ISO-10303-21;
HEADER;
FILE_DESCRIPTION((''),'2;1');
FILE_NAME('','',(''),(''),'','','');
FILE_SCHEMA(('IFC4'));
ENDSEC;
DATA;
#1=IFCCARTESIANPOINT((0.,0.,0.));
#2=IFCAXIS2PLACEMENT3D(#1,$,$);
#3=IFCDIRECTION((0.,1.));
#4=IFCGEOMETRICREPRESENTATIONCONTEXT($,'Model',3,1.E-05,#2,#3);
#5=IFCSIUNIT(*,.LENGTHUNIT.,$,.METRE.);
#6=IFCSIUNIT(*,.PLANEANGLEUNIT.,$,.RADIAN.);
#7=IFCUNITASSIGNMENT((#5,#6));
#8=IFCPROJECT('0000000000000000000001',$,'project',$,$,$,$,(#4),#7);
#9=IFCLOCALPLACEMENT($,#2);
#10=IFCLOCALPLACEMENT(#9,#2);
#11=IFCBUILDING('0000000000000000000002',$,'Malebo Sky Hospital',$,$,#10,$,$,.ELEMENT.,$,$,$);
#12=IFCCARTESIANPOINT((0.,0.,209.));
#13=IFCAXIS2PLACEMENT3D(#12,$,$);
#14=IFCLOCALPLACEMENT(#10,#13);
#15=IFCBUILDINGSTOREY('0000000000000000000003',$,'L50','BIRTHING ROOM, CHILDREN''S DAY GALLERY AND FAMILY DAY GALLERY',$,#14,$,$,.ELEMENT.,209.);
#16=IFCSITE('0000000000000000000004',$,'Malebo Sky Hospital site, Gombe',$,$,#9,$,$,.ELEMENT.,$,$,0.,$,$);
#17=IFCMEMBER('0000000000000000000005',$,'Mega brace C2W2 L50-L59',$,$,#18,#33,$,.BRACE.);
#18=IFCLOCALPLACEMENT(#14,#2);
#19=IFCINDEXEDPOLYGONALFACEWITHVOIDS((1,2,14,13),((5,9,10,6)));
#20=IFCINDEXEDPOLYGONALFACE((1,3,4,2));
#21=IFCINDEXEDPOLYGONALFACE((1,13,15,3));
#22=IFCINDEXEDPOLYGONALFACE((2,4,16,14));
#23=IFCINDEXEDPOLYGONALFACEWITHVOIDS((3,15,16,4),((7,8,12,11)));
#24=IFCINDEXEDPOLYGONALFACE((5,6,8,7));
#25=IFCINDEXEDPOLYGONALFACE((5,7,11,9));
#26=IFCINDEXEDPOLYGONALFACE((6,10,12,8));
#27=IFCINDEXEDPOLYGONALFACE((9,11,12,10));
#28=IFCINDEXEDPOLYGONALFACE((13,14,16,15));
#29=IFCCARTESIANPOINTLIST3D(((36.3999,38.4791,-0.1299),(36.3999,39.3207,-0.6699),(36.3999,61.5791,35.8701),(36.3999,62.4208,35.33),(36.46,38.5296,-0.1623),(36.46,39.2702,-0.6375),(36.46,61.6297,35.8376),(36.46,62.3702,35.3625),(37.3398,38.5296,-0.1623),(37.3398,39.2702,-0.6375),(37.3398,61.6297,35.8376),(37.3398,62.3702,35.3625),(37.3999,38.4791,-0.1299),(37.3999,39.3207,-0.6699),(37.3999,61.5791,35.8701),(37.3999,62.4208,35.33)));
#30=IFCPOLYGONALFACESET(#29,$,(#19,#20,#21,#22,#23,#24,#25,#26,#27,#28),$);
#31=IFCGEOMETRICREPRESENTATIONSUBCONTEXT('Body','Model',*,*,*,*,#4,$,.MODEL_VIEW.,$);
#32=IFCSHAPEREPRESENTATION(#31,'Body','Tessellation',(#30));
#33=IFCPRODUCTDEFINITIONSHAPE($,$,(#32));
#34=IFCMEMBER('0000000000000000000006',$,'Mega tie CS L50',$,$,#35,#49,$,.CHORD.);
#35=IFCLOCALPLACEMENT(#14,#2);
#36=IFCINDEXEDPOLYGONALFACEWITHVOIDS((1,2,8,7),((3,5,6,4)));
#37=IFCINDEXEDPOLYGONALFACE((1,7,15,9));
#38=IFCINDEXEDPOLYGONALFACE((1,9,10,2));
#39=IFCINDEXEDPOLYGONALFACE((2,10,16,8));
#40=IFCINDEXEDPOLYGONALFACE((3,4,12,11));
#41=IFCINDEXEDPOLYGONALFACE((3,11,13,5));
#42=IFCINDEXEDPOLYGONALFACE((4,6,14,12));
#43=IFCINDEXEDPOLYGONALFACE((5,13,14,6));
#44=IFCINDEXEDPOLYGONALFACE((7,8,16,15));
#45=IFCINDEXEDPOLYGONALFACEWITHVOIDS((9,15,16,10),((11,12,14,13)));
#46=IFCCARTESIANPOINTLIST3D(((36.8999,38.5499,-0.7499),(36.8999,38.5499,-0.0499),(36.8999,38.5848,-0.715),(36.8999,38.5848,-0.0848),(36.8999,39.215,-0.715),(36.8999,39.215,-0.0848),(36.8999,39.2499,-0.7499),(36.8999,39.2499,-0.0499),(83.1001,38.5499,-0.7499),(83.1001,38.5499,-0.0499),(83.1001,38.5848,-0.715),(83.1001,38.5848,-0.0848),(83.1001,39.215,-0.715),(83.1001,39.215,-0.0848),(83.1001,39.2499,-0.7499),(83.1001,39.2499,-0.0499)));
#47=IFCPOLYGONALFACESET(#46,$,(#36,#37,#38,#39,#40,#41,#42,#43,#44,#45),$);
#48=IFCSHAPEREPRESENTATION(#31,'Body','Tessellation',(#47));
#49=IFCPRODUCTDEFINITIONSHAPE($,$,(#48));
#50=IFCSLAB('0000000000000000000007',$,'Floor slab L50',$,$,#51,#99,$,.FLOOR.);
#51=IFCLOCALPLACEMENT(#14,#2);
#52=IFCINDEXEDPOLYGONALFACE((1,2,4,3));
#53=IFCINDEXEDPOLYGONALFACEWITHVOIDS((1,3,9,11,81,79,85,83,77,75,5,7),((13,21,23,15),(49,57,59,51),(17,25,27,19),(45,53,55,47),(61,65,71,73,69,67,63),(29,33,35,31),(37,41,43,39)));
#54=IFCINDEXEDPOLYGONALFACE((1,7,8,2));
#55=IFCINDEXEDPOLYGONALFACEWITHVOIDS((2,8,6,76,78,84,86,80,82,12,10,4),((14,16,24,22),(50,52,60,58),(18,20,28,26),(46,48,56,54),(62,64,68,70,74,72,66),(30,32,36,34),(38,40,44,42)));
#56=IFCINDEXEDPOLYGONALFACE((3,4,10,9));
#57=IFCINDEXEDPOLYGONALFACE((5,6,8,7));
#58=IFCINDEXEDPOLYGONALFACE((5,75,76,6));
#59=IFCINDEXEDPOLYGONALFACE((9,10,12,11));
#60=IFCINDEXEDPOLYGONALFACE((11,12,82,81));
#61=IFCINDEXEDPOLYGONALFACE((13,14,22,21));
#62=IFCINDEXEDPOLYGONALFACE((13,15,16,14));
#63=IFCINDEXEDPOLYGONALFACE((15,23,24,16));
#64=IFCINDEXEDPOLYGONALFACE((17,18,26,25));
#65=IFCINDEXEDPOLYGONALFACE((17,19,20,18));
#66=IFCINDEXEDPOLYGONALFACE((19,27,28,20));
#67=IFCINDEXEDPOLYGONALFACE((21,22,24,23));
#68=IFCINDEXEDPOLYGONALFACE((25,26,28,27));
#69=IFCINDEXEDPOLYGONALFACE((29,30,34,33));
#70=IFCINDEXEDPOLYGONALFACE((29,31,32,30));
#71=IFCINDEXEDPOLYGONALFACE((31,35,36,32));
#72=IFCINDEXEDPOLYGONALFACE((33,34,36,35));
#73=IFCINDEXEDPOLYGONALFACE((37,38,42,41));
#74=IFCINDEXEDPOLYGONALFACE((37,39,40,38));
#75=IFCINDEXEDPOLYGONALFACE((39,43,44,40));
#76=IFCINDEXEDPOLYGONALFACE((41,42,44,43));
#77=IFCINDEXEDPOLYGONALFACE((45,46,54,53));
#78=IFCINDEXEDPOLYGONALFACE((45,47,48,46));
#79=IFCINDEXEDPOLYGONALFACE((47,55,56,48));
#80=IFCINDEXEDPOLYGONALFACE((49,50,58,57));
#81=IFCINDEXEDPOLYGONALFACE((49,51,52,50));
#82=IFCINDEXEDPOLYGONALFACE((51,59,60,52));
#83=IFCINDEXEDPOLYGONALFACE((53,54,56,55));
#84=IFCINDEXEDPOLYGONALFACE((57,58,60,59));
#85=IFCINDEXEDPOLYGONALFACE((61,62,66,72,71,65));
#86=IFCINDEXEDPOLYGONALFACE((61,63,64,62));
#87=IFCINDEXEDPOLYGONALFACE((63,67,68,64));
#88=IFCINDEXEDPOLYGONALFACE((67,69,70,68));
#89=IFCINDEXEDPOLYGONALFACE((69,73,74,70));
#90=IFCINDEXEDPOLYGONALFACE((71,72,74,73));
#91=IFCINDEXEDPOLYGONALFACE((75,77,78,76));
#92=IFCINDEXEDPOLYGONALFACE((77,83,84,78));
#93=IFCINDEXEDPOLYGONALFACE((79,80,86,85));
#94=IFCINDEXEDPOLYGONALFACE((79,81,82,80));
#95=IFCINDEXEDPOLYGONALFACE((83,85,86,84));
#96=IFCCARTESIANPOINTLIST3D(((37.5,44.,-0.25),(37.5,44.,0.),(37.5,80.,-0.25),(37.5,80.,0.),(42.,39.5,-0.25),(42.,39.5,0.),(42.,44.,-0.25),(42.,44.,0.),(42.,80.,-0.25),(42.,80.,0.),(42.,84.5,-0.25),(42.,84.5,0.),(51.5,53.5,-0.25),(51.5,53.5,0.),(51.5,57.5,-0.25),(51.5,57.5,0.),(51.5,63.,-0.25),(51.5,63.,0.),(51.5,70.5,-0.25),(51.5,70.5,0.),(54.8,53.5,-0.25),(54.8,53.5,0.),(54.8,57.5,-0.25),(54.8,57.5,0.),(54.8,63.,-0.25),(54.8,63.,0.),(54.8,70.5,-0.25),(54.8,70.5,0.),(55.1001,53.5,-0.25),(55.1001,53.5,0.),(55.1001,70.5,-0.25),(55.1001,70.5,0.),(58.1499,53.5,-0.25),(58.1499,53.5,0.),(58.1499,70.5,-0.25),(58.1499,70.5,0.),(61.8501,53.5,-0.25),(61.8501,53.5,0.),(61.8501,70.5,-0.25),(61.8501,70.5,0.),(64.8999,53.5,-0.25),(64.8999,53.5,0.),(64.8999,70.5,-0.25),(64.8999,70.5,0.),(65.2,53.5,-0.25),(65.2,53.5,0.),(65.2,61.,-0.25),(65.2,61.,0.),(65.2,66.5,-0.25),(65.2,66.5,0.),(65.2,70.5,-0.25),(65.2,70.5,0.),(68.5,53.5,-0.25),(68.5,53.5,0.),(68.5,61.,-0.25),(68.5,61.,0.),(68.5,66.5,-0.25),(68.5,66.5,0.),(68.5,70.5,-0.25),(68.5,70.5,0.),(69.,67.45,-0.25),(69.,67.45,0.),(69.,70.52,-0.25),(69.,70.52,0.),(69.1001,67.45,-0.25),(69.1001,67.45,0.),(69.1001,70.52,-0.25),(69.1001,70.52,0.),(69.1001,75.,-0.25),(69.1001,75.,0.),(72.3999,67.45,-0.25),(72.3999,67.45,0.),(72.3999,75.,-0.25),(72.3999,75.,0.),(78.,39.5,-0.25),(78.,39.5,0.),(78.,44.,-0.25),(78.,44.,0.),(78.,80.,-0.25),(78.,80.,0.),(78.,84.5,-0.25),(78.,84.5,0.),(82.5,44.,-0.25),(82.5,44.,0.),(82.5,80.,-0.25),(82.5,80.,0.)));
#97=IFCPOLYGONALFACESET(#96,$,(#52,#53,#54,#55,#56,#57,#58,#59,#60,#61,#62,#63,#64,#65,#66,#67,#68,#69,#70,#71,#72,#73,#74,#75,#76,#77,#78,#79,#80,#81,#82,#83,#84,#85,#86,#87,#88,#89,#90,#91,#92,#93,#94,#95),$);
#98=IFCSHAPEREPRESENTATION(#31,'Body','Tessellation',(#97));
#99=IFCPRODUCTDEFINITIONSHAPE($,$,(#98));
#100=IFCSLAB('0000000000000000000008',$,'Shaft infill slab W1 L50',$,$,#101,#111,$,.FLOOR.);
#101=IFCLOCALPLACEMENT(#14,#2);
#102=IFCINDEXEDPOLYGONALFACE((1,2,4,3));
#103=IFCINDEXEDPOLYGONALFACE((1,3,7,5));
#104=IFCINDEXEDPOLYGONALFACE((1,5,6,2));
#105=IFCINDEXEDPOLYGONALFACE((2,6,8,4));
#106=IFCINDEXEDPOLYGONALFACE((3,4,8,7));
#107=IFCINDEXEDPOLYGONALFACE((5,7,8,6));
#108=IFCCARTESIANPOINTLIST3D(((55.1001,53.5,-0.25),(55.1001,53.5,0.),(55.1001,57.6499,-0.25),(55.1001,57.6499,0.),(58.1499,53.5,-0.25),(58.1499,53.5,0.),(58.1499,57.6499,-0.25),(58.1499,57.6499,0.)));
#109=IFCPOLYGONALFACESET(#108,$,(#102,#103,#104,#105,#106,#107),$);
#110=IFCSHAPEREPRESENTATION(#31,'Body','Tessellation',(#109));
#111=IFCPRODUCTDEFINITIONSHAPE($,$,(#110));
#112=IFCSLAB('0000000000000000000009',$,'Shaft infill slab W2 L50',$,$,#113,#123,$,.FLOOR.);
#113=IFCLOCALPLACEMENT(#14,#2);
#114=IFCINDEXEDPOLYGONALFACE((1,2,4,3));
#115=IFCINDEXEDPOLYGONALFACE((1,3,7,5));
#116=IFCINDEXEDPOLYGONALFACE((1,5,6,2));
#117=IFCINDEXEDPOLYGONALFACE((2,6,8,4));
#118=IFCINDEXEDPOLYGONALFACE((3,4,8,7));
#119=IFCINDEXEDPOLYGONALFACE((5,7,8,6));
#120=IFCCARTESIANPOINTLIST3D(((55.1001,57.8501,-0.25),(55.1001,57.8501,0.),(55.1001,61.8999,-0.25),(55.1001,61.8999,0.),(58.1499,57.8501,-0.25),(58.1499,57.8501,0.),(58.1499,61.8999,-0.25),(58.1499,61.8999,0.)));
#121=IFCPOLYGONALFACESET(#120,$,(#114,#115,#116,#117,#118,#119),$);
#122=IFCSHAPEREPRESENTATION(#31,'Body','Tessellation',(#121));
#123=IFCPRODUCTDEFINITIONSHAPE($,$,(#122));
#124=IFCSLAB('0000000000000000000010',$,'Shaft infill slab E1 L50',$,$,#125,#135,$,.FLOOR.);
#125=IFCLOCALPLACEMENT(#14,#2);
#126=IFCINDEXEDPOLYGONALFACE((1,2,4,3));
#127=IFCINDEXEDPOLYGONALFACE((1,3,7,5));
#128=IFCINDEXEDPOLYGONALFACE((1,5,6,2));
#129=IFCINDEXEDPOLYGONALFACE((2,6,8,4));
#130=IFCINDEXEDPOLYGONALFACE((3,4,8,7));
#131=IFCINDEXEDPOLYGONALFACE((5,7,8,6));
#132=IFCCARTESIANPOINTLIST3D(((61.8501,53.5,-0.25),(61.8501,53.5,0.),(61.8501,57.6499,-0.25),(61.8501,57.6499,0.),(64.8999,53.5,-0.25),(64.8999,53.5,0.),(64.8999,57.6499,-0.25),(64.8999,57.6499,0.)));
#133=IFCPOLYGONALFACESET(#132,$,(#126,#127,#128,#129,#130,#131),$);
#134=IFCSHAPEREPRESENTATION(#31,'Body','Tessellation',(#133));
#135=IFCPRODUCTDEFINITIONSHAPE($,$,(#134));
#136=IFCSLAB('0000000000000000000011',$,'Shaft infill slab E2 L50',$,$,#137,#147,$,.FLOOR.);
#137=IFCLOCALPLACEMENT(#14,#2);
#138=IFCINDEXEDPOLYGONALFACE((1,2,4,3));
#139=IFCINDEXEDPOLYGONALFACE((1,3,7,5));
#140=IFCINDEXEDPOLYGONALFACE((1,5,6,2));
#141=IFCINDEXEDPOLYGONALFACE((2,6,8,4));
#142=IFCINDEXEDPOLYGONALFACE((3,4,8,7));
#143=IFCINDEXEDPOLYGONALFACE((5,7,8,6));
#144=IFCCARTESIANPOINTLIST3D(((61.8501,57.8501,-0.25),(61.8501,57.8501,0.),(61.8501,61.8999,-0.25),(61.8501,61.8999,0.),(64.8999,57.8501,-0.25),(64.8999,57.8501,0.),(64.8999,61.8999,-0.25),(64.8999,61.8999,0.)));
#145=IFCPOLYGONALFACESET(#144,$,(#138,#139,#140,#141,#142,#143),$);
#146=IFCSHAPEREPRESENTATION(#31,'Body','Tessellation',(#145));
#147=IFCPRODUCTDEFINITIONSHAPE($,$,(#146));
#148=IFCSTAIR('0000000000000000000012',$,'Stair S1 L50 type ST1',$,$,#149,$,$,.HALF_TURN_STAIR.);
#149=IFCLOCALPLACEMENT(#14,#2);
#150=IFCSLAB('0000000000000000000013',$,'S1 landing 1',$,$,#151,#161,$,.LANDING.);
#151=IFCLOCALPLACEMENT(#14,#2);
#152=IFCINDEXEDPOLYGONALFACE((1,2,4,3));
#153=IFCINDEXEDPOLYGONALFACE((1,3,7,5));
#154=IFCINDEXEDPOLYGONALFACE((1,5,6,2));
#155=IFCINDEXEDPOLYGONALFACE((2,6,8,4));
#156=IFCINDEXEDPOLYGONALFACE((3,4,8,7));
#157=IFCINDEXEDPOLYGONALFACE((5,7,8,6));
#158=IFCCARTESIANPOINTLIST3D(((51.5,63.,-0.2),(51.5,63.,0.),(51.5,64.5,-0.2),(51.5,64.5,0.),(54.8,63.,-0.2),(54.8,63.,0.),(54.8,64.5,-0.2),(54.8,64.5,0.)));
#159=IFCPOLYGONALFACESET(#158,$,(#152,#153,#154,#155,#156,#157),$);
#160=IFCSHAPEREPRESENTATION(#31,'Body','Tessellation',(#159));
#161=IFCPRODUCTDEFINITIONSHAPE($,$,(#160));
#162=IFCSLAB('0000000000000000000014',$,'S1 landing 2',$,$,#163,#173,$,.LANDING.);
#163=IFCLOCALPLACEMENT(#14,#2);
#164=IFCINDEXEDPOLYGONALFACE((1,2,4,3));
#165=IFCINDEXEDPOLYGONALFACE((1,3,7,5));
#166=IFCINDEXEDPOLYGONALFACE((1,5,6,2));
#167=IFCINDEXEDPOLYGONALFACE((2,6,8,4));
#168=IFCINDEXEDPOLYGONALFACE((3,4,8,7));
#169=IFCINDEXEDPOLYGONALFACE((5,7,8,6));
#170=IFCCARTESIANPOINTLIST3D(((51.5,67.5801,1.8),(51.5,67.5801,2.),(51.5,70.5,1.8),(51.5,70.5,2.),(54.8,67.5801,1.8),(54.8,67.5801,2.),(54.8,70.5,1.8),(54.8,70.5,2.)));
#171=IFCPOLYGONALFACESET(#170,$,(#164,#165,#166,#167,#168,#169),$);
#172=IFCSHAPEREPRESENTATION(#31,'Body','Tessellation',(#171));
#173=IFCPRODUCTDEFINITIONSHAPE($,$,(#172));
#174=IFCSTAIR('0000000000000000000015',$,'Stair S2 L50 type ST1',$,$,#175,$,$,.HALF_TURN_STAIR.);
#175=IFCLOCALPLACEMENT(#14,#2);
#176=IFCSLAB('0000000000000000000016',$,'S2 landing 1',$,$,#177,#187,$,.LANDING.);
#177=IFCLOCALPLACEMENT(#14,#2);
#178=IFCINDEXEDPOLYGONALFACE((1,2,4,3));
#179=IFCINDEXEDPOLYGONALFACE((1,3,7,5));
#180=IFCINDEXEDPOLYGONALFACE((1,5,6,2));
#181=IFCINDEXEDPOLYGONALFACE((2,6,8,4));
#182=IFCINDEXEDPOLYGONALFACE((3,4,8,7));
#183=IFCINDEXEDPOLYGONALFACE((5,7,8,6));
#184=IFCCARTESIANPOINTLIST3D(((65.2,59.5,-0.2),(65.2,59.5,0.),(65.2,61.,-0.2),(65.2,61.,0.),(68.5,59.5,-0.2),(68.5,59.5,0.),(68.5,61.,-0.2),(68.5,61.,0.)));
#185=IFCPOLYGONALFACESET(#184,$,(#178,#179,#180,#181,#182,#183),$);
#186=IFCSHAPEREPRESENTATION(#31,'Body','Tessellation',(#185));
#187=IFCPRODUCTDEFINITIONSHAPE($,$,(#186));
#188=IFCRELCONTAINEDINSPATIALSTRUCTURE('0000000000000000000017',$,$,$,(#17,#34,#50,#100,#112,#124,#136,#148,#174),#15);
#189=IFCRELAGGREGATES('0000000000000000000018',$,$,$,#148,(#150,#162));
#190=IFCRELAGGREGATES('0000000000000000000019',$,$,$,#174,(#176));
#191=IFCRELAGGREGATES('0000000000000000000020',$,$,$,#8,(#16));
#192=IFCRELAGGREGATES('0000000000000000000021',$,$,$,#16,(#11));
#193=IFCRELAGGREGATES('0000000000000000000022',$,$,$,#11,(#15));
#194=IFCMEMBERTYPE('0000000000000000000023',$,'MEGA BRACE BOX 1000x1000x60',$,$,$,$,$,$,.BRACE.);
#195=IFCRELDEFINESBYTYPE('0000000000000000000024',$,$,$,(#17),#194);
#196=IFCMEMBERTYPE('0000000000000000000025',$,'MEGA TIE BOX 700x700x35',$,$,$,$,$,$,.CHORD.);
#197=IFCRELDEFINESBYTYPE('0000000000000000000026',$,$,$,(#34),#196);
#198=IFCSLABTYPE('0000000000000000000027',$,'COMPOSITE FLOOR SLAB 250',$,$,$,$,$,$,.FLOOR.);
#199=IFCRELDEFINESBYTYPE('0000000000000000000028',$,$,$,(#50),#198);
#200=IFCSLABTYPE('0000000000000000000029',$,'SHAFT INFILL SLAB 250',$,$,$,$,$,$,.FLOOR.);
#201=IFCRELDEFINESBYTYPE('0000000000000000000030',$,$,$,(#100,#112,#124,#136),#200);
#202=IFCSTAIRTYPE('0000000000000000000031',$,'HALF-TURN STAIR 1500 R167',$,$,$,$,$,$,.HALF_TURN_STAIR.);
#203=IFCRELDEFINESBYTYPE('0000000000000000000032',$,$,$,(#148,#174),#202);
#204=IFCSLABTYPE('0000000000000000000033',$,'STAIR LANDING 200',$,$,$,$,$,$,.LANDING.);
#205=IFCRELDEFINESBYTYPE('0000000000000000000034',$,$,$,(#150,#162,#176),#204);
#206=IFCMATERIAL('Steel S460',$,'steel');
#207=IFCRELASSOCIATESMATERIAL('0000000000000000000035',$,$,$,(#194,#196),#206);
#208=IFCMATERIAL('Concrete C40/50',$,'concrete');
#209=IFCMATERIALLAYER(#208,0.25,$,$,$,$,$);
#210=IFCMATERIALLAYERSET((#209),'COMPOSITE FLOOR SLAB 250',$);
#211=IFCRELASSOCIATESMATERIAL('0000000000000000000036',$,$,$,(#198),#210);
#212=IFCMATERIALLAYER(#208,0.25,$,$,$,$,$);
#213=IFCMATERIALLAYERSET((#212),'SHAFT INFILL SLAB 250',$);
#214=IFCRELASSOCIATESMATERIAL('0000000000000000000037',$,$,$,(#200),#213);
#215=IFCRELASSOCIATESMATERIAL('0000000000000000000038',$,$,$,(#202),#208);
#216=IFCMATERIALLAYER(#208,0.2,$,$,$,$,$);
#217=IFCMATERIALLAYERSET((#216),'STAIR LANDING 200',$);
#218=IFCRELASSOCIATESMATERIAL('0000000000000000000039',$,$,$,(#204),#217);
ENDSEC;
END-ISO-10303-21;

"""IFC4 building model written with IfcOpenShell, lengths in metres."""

from ifc_helpers import new_model, si_unit, direction, frame, origin, origin_2d, place, context, subcontext, project, spatial, polyline, hollow_rectangle, outline, extrude, material, layer, layer_set, material_profile, profile_set, type_object, element, aggregate, save


model = new_model("IFC4")

# Units and contexts
model_context = context("Model", 3, precision=1e-05, world=origin(), true_north=direction((0.0, 1.0)))
body_context = subcontext(model_context, "Body", "Model", "MODEL_VIEW")
ifc_project = project(units=[si_unit("LENGTHUNIT", "METRE"), si_unit("PLANEANGLEUNIT", "RADIAN")], contexts=[model_context])

# Site, building, storey
site_placement = place(None, origin())
site = spatial("IfcSite", under=ifc_project, at=site_placement, Name="Malebo Sky Hospital site, Gombe", CompositionType="ELEMENT", RefElevation=0.0)
building_placement = place(site_placement, origin())
building = spatial("IfcBuilding", under=site, at=building_placement, Name="Malebo Sky Hospital", CompositionType="ELEMENT")
storey_placement = place(building_placement, frame((0.0, 0.0, 209.0)))
storey = spatial("IfcBuildingStorey", under=building, at=storey_placement, Name="L50", Description="BIRTHING ROOM, CHILDREN'S DAY GALLERY AND FAMILY DAY GALLERY", CompositionType="ELEMENT", Elevation=209.0)

# Shared definitions
ifc_material_1 = material(Name="Steel S460", Category="steel")

# Members
ifc_material_profile_1 = material_profile(ifc_material_1, hollow_rectangle(XDim=1.0, YDim=1.0, WallThickness=0.0601, at=origin_2d()), Name="BOX 1000x1000x60")
ifc_profile_set_1 = profile_set([ifc_material_profile_1], Name="Steel S460")
member_type_1 = type_object("IfcMemberType", Name="MEGA BRACE BOX 1000x1000x60", PredefinedType="BRACE", material=ifc_profile_set_1)
for number, where, z_axis, x_axis, name in (
    (1, (36.8999, 38.8999, -0.3999), (0.0, 0.54005, 0.841633), (-1.0, 0.0, 0.0), "Mega brace C2W2 L50-L59"),
):
    element("IfcMember", number, at=place(storey_placement, frame(where, z_axis=z_axis, x_axis=x_axis)), inside=storey, type_object=member_type_1, Name=name, PredefinedType="BRACE", context=body_context, shape_type="SweptSolid", body=[
        extrude(hollow_rectangle(XDim=1.0, YDim=1.0, WallThickness=0.0601, at=origin_2d()), origin(), (0.0, 0.0, 1.0), 42.7739),
    ])
ifc_material_profile_2 = material_profile(ifc_material_1, hollow_rectangle(XDim=0.7, YDim=0.7, WallThickness=0.0349, at=origin_2d()), Name="BOX 700x700x35")
ifc_profile_set_2 = profile_set([ifc_material_profile_2], Name="Steel S460")
member_type_2 = type_object("IfcMemberType", Name="MEGA TIE BOX 700x700x35", PredefinedType="CHORD", material=ifc_profile_set_2)
member_1_placement = place(storey_placement, frame((36.8999, 38.8999, -0.3999), z_axis=(1.0, 0.0, 0.0), x_axis=(0.0, 1.0, 0.0)))
element("IfcMember", 2, at=member_1_placement, inside=storey, type_object=member_type_2, Name="Mega tie CS L50", PredefinedType="CHORD", context=body_context, shape_type="SweptSolid", body=[
    extrude(hollow_rectangle(XDim=0.7, YDim=0.7, WallThickness=0.0349, at=origin_2d()), origin(), (0.0, 0.0, 1.0), 46.2002),
])

# Slabs
ifc_material_2 = material(Name="Concrete C40/50", Category="concrete")
ifc_layer_1 = layer(ifc_material_2, 0.25)
ifc_layer_set_1 = layer_set([ifc_layer_1], Name="COMPOSITE FLOOR SLAB 250")
slab_type_1 = type_object("IfcSlabType", Name="COMPOSITE FLOOR SLAB 250", PredefinedType="FLOOR", material=ifc_layer_set_1)
slab_1_placement = place(storey_placement, frame((0.0, 0.0, -0.25)))
element("IfcSlab", 3, at=slab_1_placement, inside=storey, type_object=slab_type_1, Name="Floor slab L50", PredefinedType="FLOOR", context=body_context, shape_type="SweptSolid", body=[
    extrude(outline(polyline([(42.0, 84.5), (42.0, 80.0), (37.5, 80.0), (37.5, 44.0), (42.0, 44.0), (42.0, 39.5), (78.0, 39.5), (78.0, 44.0), (82.5, 44.0), (82.5, 80.0), (78.0, 80.0), (78.0, 84.5), (42.0, 84.5)]), holes=[polyline([(55.1001, 70.5), (58.1499, 70.5), (58.1499, 53.5), (55.1001, 53.5), (55.1001, 70.5)]), polyline([(64.8999, 70.5), (64.8999, 53.5), (61.8501, 53.5), (61.8501, 70.5), (64.8999, 70.5)]), polyline([(54.8, 63.0), (51.5, 63.0), (51.5, 70.5), (54.8, 70.5), (54.8, 63.0)]), polyline([(51.5, 53.5), (51.5, 57.5), (54.8, 57.5), (54.8, 53.5), (51.5, 53.5)]), polyline([(65.2, 61.0), (68.5, 61.0), (68.5, 53.5), (65.2, 53.5), (65.2, 61.0)]), polyline([(68.5, 70.5), (68.5, 66.5), (65.2, 66.5), (65.2, 70.5), (68.5, 70.5)]), polyline([(69.0, 67.45), (69.0, 70.52), (69.1001, 70.52), (69.1001, 75.0), (72.3999, 75.0), (72.3999, 67.45), (69.1001, 67.45), (69.0, 67.45)])]), origin(), (0.0, 0.0, 1.0), 0.25),
])
ifc_layer_2 = layer(ifc_material_2, 0.25)
ifc_layer_set_2 = layer_set([ifc_layer_2], Name="SHAFT INFILL SLAB 250")
slab_type_2 = type_object("IfcSlabType", Name="SHAFT INFILL SLAB 250", PredefinedType="FLOOR", material=ifc_layer_set_2)
slab_2_placement = place(storey_placement, frame((0.0, 0.0, -0.25)))
element("IfcSlab", 4, at=slab_2_placement, inside=storey, type_object=slab_type_2, Name="Shaft infill slab W1 L50", PredefinedType="FLOOR", context=body_context, shape_type="SweptSolid", body=[
    extrude(outline(polyline([(55.1001, 53.5), (58.1499, 53.5), (58.1499, 57.6499), (55.1001, 57.6499), (55.1001, 53.5)])), origin(), (0.0, 0.0, 1.0), 0.25),
])
slab_3_placement = place(storey_placement, frame((0.0, 0.0, -0.25)))
element("IfcSlab", 5, at=slab_3_placement, inside=storey, type_object=slab_type_2, Name="Shaft infill slab W2 L50", PredefinedType="FLOOR", context=body_context, shape_type="SweptSolid", body=[
    extrude(outline(polyline([(55.1001, 57.8501), (58.1499, 57.8501), (58.1499, 61.8999), (55.1001, 61.8999), (55.1001, 57.8501)])), origin(), (0.0, 0.0, 1.0), 0.25),
])
slab_4_placement = place(storey_placement, frame((0.0, 0.0, -0.25)))
element("IfcSlab", 6, at=slab_4_placement, inside=storey, type_object=slab_type_2, Name="Shaft infill slab E1 L50", PredefinedType="FLOOR", context=body_context, shape_type="SweptSolid", body=[
    extrude(outline(polyline([(61.8501, 53.5), (64.8999, 53.5), (64.8999, 57.6499), (61.8501, 57.6499), (61.8501, 53.5)])), origin(), (0.0, 0.0, 1.0), 0.25),
])
slab_5_placement = place(storey_placement, frame((0.0, 0.0, -0.25)))
element("IfcSlab", 7, at=slab_5_placement, inside=storey, type_object=slab_type_2, Name="Shaft infill slab E2 L50", PredefinedType="FLOOR", context=body_context, shape_type="SweptSolid", body=[
    extrude(outline(polyline([(61.8501, 57.8501), (64.8999, 57.8501), (64.8999, 61.8999), (61.8501, 61.8999), (61.8501, 57.8501)])), origin(), (0.0, 0.0, 1.0), 0.25),
])

# Stairs, slabs
stair_type_1 = type_object("IfcStairType", Name="HALF-TURN STAIR 1500 R167", PredefinedType="HALF_TURN_STAIR", material=ifc_material_2)
stair_1_placement = place(storey_placement, origin())
stair_1 = element("IfcStair", 8, at=stair_1_placement, inside=storey, type_object=stair_type_1, Name="Stair S1 L50 type ST1", PredefinedType="HALF_TURN_STAIR")
ifc_layer_3 = layer(ifc_material_2, 0.2)
ifc_layer_set_3 = layer_set([ifc_layer_3], Name="STAIR LANDING 200")
slab_type_3 = type_object("IfcSlabType", Name="STAIR LANDING 200", PredefinedType="LANDING", material=ifc_layer_set_3)
slab_6_placement = place(storey_placement, frame((0.0, 0.0, -0.2)))
slab_6 = element("IfcSlab", 9, at=slab_6_placement, type_object=slab_type_3, Name="S1 landing 1", PredefinedType="LANDING", context=body_context, shape_type="SweptSolid", body=[
    extrude(outline(polyline([(51.5, 63.0), (54.8, 63.0), (54.8, 64.5), (51.5, 64.5), (51.5, 63.0)])), origin(), (0.0, 0.0, 1.0), 0.2),
])
slab_7_placement = place(storey_placement, frame((0.0, 0.0, 1.8)))
slab_7 = element("IfcSlab", 10, at=slab_7_placement, type_object=slab_type_3, Name="S1 landing 2", PredefinedType="LANDING", context=body_context, shape_type="SweptSolid", body=[
    extrude(outline(polyline([(51.5, 67.5801), (54.8, 67.5801), (54.8, 70.5), (51.5, 70.5), (51.5, 67.5801)])), origin(), (0.0, 0.0, 1.0), 0.2),
])
aggregate(stair_1, [slab_6, slab_7])
stair_2_placement = place(storey_placement, origin())
stair_2 = element("IfcStair", 11, at=stair_2_placement, inside=storey, type_object=stair_type_1, Name="Stair S2 L50 type ST1", PredefinedType="HALF_TURN_STAIR")
slab_8_placement = place(storey_placement, frame((0.0, 0.0, -0.2)))
slab_8 = element("IfcSlab", 12, at=slab_8_placement, type_object=slab_type_3, Name="S2 landing 1", PredefinedType="LANDING", context=body_context, shape_type="SweptSolid", body=[
    extrude(outline(polyline([(65.2, 59.5), (68.5, 59.5), (68.5, 61.0), (65.2, 61.0), (65.2, 59.5)])), origin(), (0.0, 0.0, 1.0), 0.2),
])
aggregate(stair_2, [slab_8])

save(model, "model.ifc")
